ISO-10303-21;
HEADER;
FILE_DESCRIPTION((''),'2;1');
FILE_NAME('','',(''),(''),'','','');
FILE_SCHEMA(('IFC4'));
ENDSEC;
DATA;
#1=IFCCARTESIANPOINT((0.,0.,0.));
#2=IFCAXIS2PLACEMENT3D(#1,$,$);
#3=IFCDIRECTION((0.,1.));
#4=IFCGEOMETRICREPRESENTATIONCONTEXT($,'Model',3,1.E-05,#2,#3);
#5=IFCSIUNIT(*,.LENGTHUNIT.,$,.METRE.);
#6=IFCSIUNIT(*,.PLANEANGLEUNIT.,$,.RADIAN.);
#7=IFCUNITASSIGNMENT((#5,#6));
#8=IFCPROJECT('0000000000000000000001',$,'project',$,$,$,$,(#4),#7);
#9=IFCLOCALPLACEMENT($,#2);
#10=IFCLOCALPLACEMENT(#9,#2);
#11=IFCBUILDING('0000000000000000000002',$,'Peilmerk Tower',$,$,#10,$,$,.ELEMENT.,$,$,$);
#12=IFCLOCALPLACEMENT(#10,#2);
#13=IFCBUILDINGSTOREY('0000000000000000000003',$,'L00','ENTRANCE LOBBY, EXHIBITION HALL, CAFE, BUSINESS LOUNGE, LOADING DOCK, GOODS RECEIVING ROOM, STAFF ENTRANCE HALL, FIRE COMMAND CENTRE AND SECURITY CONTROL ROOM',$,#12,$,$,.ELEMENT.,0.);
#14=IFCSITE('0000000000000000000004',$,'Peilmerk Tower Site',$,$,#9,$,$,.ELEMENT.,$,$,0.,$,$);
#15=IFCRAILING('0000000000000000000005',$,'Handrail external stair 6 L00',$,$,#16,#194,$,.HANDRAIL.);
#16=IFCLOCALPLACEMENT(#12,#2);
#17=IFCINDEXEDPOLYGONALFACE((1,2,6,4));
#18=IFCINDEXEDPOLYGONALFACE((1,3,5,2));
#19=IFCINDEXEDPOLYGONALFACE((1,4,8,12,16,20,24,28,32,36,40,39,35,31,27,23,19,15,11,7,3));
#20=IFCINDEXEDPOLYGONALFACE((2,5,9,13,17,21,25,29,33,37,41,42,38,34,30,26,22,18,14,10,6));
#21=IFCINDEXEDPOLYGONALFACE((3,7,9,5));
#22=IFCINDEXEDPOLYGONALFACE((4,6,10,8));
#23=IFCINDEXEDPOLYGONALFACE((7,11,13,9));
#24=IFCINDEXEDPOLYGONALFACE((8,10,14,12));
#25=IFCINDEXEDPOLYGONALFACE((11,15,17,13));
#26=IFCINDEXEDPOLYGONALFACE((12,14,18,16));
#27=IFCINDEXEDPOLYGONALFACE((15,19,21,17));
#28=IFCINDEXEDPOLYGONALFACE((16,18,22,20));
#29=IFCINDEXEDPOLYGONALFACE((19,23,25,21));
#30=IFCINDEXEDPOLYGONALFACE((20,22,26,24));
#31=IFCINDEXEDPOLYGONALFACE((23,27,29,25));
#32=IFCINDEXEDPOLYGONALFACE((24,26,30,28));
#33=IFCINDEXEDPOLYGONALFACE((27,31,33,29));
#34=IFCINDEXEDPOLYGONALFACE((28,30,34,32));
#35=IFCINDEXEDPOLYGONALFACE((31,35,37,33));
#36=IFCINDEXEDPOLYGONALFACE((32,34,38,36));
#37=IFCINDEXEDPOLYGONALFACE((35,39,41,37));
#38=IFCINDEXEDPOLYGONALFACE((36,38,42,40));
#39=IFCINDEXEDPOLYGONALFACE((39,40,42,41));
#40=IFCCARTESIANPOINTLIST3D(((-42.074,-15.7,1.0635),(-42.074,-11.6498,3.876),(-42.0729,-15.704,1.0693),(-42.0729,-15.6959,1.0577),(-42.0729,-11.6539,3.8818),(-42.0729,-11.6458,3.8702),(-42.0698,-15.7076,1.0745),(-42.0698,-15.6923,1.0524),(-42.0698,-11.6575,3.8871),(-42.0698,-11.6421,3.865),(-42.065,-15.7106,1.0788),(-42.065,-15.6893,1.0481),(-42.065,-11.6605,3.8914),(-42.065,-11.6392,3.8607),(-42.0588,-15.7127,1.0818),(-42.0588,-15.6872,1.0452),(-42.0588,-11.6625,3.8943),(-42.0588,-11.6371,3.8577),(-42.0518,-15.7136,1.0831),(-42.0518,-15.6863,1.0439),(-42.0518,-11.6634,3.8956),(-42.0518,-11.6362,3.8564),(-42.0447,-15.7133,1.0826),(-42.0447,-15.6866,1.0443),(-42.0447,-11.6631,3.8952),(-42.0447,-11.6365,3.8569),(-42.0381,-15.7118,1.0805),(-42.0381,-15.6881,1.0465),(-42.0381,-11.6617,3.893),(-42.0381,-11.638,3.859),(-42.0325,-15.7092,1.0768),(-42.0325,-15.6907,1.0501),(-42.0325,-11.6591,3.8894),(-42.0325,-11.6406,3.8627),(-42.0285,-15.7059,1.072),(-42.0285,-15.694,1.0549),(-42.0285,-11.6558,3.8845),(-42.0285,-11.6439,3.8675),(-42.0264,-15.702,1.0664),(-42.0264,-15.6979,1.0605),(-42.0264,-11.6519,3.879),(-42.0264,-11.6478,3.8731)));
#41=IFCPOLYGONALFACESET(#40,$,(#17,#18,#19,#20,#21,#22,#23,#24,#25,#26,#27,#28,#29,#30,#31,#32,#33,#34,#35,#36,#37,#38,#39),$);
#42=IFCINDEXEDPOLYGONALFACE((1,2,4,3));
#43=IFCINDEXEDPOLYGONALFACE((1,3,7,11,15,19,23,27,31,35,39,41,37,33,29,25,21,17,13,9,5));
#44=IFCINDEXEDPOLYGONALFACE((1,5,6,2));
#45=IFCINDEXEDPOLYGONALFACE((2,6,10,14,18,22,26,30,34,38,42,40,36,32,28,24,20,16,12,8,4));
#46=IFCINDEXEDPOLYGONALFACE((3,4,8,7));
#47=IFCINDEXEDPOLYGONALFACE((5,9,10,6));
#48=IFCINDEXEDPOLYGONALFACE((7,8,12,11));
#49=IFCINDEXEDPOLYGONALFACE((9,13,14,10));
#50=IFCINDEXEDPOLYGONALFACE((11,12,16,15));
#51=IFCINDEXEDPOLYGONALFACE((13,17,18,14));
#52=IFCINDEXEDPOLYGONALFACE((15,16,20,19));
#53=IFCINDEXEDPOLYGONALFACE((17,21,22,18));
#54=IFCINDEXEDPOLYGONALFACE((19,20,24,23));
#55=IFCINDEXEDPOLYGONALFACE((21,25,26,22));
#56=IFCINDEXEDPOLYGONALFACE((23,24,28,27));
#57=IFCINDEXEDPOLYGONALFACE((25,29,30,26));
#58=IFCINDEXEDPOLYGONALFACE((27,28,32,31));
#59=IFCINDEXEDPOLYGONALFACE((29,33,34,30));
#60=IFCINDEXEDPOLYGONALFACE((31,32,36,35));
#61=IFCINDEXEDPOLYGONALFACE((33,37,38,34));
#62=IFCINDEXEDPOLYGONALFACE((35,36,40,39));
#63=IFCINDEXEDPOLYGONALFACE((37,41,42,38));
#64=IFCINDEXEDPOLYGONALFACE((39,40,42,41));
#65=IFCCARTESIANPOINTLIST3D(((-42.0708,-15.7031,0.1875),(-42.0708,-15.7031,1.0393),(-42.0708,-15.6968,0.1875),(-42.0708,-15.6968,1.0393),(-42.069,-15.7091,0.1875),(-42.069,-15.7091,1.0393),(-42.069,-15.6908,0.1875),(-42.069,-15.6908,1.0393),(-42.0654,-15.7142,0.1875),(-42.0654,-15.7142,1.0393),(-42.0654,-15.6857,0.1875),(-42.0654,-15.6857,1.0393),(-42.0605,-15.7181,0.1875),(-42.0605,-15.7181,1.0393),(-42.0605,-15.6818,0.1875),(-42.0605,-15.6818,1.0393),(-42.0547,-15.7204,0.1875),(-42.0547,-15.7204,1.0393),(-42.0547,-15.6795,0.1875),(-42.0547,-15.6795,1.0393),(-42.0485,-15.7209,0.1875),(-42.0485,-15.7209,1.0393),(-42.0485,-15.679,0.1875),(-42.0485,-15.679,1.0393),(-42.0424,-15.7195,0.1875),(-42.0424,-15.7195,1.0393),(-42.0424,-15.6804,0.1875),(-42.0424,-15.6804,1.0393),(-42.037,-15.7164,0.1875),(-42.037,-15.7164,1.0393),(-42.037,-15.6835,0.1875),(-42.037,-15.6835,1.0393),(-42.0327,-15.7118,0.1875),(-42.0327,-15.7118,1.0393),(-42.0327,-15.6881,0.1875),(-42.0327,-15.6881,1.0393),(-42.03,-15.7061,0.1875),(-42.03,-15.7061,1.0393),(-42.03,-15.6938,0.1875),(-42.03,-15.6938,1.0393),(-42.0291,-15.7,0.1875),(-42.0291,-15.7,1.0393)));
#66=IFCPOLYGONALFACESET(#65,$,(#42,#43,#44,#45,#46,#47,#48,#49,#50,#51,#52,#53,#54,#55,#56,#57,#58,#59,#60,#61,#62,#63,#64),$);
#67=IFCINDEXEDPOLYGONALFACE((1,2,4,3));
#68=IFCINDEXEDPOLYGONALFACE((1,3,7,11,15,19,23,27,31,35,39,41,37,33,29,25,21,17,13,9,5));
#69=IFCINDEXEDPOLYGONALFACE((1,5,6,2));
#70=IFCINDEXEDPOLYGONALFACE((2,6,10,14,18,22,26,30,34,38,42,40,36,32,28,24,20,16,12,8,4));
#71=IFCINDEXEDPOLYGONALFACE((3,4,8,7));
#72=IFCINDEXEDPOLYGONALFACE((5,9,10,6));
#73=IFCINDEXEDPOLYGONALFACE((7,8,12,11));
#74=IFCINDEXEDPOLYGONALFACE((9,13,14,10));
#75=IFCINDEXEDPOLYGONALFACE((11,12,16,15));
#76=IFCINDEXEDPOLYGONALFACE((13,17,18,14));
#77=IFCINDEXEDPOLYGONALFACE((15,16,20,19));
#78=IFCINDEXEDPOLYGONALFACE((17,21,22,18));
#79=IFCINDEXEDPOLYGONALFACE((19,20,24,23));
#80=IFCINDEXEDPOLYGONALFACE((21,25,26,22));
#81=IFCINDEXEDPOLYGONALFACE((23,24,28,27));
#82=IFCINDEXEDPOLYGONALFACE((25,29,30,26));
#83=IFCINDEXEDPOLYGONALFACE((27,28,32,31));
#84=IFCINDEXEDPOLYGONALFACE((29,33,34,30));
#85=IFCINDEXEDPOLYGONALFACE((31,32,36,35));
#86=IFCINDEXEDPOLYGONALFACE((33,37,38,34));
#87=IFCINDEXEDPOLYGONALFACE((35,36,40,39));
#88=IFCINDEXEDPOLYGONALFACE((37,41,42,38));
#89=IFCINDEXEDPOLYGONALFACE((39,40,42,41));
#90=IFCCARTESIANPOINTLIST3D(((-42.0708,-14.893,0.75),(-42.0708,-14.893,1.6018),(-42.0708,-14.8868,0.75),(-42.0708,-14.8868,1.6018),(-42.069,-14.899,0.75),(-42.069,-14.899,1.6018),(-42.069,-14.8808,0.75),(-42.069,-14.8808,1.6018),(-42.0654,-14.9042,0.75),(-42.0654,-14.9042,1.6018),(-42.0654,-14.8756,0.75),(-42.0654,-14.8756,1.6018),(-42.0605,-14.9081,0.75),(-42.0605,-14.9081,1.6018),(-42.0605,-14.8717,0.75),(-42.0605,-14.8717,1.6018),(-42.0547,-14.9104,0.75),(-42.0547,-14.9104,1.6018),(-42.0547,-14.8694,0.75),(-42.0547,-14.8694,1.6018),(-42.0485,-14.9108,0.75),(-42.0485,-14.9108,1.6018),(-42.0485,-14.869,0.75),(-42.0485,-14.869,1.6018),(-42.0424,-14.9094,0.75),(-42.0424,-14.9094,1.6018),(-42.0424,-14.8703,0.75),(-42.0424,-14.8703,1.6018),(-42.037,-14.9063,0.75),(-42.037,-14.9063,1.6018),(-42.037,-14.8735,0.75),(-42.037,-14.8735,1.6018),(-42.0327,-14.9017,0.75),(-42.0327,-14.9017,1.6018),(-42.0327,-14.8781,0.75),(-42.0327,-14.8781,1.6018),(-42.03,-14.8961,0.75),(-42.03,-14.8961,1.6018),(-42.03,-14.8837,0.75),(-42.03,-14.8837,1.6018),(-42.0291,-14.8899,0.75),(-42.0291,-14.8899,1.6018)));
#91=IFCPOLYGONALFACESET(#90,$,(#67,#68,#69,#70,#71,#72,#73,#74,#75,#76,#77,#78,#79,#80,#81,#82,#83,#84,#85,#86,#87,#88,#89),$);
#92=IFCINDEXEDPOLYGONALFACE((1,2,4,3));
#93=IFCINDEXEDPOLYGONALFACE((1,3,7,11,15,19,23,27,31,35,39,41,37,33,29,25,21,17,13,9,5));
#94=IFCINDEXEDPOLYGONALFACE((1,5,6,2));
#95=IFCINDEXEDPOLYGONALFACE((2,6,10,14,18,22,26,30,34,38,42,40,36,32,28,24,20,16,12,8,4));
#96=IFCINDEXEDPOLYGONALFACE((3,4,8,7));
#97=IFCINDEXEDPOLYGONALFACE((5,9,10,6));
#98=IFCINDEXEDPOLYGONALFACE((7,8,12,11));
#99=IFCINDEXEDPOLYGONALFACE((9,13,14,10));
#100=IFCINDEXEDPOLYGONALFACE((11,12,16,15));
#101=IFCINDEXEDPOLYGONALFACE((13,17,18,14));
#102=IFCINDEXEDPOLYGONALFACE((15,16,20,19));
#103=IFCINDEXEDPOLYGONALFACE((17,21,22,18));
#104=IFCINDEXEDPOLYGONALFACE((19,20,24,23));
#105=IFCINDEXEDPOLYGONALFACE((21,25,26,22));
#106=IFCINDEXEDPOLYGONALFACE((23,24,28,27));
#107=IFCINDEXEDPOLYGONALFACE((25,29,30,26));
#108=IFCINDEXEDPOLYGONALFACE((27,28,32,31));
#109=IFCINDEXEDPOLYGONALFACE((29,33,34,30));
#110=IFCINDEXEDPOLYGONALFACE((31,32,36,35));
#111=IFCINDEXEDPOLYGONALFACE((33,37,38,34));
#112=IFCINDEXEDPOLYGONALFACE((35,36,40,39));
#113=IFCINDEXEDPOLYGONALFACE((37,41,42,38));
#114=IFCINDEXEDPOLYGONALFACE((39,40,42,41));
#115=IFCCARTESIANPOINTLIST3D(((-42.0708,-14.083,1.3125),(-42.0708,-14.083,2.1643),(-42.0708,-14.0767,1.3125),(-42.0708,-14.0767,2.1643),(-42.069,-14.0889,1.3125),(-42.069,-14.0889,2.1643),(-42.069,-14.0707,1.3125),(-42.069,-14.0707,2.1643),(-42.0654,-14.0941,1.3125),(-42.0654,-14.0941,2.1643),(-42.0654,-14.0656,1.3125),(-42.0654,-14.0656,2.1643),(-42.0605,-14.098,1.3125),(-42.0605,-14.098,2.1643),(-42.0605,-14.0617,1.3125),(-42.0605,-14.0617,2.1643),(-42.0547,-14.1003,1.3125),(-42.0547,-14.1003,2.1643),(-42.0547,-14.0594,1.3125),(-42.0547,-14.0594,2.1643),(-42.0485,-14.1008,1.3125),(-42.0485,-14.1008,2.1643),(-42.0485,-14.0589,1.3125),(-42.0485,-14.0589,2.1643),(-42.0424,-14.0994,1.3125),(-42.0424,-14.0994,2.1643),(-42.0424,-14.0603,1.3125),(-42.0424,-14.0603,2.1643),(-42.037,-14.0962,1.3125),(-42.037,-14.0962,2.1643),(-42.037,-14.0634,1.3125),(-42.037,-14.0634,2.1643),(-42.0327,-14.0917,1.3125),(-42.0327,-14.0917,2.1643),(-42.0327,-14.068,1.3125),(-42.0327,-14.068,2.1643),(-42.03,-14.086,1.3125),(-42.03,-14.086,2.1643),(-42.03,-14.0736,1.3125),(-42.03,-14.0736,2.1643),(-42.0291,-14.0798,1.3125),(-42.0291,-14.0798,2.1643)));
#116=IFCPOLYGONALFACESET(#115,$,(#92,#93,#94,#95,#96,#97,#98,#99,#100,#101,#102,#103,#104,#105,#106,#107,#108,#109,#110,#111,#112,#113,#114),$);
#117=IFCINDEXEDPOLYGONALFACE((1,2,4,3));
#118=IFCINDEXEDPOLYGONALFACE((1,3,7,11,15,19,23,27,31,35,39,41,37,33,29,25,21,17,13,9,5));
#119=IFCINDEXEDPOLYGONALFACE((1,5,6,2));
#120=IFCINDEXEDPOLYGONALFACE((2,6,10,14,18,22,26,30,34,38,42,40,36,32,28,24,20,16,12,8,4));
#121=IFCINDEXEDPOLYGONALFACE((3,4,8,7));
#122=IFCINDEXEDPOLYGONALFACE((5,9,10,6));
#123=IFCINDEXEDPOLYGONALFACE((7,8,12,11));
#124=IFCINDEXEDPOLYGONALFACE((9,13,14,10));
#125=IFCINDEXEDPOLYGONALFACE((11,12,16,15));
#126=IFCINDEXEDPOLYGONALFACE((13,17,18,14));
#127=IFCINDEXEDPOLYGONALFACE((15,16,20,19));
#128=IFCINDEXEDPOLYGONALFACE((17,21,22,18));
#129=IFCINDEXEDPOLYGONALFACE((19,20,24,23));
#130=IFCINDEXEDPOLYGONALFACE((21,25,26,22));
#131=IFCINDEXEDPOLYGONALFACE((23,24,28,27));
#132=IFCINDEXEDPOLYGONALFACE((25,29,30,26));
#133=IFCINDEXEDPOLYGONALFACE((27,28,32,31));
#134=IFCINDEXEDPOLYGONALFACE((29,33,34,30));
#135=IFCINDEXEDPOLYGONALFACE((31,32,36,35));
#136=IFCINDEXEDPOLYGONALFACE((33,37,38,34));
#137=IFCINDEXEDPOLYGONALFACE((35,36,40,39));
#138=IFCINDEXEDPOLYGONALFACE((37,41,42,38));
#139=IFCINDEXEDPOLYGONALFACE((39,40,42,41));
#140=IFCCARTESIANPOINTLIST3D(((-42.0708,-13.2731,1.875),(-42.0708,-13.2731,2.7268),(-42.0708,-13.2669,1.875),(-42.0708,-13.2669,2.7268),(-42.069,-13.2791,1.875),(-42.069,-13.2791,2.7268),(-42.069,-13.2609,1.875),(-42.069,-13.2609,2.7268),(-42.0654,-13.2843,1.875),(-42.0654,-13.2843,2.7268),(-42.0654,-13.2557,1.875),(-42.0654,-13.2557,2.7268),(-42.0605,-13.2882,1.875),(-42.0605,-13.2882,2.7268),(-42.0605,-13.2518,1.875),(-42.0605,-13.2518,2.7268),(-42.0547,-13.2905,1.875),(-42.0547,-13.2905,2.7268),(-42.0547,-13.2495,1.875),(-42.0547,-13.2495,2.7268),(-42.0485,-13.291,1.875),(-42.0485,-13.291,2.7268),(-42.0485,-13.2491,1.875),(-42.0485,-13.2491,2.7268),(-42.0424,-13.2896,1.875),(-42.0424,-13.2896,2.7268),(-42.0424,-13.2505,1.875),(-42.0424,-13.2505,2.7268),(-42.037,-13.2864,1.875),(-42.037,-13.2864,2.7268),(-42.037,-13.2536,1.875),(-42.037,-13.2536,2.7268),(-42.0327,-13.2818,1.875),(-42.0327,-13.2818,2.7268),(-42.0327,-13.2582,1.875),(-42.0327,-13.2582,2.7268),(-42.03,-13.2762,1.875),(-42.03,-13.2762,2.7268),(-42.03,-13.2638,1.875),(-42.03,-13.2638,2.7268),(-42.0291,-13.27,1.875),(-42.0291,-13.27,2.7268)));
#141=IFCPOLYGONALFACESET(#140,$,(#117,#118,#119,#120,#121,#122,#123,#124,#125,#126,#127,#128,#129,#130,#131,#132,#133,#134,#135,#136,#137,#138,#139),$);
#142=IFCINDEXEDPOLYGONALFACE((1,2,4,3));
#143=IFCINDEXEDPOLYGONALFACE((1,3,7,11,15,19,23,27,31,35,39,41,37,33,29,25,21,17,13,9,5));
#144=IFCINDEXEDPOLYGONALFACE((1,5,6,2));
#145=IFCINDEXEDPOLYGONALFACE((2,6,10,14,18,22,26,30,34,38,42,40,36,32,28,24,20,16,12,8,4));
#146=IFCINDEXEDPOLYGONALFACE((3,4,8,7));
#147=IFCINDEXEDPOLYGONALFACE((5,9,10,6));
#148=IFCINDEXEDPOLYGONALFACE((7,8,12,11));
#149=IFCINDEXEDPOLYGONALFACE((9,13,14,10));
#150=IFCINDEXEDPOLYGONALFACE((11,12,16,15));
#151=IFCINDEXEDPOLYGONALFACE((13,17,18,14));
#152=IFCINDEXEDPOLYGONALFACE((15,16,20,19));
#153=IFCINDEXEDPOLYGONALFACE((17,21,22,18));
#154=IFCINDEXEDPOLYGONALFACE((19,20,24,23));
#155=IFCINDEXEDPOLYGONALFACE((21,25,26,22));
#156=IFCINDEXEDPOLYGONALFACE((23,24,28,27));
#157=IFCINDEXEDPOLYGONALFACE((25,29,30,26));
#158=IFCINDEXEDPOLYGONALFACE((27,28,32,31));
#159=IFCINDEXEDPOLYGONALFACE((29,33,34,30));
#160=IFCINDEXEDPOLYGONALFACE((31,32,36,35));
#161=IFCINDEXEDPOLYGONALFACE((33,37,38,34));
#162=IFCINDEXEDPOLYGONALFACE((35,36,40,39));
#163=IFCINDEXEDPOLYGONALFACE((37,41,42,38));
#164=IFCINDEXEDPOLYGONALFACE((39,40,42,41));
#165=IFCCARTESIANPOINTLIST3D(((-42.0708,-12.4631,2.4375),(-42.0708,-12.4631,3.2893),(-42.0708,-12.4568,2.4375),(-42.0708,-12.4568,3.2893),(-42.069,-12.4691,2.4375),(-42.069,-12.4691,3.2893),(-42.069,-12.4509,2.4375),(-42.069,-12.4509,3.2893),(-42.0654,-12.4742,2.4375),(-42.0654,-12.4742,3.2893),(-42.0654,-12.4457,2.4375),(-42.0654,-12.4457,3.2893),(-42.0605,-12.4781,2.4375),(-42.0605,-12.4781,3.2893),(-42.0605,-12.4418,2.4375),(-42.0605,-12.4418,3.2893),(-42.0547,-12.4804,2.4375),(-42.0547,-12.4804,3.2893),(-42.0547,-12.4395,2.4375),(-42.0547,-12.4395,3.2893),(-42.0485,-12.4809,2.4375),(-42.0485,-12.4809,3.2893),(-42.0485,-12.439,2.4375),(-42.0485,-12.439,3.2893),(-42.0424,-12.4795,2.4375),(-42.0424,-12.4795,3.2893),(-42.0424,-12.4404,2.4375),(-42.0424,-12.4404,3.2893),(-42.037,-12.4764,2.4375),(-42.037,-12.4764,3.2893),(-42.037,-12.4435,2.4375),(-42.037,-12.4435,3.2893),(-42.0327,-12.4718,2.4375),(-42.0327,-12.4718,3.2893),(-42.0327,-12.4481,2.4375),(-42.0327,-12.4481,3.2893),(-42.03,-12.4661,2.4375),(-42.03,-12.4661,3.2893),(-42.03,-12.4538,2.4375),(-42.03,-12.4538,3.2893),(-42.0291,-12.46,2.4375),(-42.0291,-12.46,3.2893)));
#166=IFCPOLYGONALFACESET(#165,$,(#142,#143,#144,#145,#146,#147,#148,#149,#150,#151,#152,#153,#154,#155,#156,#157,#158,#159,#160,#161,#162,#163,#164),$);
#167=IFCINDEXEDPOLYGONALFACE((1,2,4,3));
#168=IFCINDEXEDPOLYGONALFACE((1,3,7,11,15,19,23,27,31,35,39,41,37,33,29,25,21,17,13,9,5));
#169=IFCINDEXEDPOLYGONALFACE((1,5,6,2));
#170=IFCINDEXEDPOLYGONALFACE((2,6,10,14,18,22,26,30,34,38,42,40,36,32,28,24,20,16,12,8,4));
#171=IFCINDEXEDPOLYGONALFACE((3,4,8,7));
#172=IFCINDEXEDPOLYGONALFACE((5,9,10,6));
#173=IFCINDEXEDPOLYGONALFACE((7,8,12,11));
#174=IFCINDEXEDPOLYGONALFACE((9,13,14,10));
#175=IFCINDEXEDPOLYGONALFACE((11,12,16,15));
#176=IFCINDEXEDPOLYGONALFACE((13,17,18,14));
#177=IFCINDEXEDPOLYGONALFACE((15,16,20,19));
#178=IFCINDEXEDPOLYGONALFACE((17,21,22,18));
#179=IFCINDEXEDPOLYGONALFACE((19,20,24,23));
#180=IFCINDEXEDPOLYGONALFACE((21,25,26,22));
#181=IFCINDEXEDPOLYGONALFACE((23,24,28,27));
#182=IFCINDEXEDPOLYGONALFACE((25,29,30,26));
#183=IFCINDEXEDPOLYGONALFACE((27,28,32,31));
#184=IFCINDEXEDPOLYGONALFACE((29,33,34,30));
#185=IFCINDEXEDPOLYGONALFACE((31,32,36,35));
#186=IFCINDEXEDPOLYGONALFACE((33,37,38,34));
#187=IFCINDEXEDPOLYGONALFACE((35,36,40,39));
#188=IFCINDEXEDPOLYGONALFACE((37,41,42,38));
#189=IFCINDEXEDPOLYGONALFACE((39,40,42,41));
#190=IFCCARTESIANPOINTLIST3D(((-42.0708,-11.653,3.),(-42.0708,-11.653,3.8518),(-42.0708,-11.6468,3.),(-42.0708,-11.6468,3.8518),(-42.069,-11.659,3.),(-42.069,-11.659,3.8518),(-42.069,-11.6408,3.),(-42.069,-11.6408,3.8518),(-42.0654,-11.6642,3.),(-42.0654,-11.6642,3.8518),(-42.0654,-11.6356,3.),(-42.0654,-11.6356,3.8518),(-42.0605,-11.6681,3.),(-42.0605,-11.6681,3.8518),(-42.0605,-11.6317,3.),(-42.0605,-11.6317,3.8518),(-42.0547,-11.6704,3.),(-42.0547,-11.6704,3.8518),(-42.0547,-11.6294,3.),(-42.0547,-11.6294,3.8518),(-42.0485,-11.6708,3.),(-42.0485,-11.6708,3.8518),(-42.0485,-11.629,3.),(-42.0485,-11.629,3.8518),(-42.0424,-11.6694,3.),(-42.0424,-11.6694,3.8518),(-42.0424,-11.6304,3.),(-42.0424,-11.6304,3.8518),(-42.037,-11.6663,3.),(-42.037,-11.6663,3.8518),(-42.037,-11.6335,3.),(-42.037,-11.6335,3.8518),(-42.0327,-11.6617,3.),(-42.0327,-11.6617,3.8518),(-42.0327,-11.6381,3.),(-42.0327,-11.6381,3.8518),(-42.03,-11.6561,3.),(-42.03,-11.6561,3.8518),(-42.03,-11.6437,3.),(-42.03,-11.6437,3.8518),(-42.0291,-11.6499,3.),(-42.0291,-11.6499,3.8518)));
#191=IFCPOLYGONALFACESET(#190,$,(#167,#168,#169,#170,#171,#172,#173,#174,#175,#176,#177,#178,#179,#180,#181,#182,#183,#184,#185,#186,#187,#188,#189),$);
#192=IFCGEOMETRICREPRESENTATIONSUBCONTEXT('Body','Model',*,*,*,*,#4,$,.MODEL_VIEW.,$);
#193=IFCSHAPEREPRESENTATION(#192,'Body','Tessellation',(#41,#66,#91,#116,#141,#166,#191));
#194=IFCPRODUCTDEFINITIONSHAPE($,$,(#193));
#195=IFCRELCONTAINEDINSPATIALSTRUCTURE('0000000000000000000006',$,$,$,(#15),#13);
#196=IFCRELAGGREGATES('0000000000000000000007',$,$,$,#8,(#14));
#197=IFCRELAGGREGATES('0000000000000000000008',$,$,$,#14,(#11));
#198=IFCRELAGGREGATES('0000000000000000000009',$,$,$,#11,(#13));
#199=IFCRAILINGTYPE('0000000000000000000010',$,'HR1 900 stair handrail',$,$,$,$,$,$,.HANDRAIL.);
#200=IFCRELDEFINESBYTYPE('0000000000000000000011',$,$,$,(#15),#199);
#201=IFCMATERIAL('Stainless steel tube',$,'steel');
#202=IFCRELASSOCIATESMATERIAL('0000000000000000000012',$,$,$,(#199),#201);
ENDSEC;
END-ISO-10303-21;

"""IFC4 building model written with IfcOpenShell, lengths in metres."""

from ifc_helpers import new_model, si_unit, direction, frame, origin, origin_2d, place, context, subcontext, project, spatial, circle, extrude, material, type_object, element, save


model = new_model("IFC4")

# Units and contexts
model_context = context("Model", 3, precision=1e-05, world=origin(), true_north=direction((0.0, 1.0)))
body_context = subcontext(model_context, "Body", "Model", "MODEL_VIEW")
ifc_project = project(units=[si_unit("LENGTHUNIT", "METRE"), si_unit("PLANEANGLEUNIT", "RADIAN")], contexts=[model_context])

# Site, building, storey
site_placement = place(None, origin())
site = spatial("IfcSite", under=ifc_project, at=site_placement, Name="Peilmerk Tower Site", CompositionType="ELEMENT", RefElevation=0.0)
building_placement = place(site_placement, origin())
building = spatial("IfcBuilding", under=site, at=building_placement, Name="Peilmerk Tower", CompositionType="ELEMENT")
storey_placement = place(building_placement, origin())
storey = spatial("IfcBuildingStorey", under=building, at=storey_placement, Name="L00", Description="ENTRANCE LOBBY, EXHIBITION HALL, CAFE, BUSINESS LOUNGE, LOADING DOCK, GOODS RECEIVING ROOM, STAFF ENTRANCE HALL, FIRE COMMAND CENTRE AND SECURITY CONTROL ROOM", CompositionType="ELEMENT", Elevation=0.0)

# Railing
ifc_material_1 = material(Name="Stainless steel tube", Category="steel")
railing_type_1 = type_object("IfcRailingType", Name="HR1 900 stair handrail", PredefinedType="HANDRAIL", material=ifc_material_1)
for number, where, name in (
    (1, (-42.05, -15.7, 0.1875), "Handrail external stair 6 L00"),
):
    element("IfcRailing", number, at=place(storey_placement, frame(where)), inside=storey, type_object=railing_type_1, Name=name, PredefinedType="HANDRAIL", context=body_context, shape_type="SweptSolid", body=[
        extrude(circle(Radius=0.0239, at=origin_2d()), frame((0.0, 0.0, 0.876), z_axis=(0.0, 0.821373, 0.570391), x_axis=(-1.0, 0.0, 0.0)), (0.0, 0.0, 1.0), 4.9309),
        extrude(circle(Radius=0.021, at=origin_2d()), origin(), (0.0, 0.0, 1.0), 0.8518),
        extrude(circle(Radius=0.021, at=origin_2d()), frame((0.0, 0.8101, 0.5625)), (0.0, 0.0, 1.0), 0.8518),
        extrude(circle(Radius=0.021, at=origin_2d()), frame((0.0, 1.6201, 1.125)), (0.0, 0.0, 1.0), 0.8518),
        extrude(circle(Radius=0.021, at=origin_2d()), frame((0.0, 2.4299, 1.6875)), (0.0, 0.0, 1.0), 0.8518),
        extrude(circle(Radius=0.021, at=origin_2d()), frame((0.0, 3.24, 2.25)), (0.0, 0.0, 1.0), 0.8518),
        extrude(circle(Radius=0.021, at=origin_2d()), frame((0.0, 4.05, 2.8125)), (0.0, 0.0, 1.0), 0.8518),
    ])

save(model, "model.ifc")
